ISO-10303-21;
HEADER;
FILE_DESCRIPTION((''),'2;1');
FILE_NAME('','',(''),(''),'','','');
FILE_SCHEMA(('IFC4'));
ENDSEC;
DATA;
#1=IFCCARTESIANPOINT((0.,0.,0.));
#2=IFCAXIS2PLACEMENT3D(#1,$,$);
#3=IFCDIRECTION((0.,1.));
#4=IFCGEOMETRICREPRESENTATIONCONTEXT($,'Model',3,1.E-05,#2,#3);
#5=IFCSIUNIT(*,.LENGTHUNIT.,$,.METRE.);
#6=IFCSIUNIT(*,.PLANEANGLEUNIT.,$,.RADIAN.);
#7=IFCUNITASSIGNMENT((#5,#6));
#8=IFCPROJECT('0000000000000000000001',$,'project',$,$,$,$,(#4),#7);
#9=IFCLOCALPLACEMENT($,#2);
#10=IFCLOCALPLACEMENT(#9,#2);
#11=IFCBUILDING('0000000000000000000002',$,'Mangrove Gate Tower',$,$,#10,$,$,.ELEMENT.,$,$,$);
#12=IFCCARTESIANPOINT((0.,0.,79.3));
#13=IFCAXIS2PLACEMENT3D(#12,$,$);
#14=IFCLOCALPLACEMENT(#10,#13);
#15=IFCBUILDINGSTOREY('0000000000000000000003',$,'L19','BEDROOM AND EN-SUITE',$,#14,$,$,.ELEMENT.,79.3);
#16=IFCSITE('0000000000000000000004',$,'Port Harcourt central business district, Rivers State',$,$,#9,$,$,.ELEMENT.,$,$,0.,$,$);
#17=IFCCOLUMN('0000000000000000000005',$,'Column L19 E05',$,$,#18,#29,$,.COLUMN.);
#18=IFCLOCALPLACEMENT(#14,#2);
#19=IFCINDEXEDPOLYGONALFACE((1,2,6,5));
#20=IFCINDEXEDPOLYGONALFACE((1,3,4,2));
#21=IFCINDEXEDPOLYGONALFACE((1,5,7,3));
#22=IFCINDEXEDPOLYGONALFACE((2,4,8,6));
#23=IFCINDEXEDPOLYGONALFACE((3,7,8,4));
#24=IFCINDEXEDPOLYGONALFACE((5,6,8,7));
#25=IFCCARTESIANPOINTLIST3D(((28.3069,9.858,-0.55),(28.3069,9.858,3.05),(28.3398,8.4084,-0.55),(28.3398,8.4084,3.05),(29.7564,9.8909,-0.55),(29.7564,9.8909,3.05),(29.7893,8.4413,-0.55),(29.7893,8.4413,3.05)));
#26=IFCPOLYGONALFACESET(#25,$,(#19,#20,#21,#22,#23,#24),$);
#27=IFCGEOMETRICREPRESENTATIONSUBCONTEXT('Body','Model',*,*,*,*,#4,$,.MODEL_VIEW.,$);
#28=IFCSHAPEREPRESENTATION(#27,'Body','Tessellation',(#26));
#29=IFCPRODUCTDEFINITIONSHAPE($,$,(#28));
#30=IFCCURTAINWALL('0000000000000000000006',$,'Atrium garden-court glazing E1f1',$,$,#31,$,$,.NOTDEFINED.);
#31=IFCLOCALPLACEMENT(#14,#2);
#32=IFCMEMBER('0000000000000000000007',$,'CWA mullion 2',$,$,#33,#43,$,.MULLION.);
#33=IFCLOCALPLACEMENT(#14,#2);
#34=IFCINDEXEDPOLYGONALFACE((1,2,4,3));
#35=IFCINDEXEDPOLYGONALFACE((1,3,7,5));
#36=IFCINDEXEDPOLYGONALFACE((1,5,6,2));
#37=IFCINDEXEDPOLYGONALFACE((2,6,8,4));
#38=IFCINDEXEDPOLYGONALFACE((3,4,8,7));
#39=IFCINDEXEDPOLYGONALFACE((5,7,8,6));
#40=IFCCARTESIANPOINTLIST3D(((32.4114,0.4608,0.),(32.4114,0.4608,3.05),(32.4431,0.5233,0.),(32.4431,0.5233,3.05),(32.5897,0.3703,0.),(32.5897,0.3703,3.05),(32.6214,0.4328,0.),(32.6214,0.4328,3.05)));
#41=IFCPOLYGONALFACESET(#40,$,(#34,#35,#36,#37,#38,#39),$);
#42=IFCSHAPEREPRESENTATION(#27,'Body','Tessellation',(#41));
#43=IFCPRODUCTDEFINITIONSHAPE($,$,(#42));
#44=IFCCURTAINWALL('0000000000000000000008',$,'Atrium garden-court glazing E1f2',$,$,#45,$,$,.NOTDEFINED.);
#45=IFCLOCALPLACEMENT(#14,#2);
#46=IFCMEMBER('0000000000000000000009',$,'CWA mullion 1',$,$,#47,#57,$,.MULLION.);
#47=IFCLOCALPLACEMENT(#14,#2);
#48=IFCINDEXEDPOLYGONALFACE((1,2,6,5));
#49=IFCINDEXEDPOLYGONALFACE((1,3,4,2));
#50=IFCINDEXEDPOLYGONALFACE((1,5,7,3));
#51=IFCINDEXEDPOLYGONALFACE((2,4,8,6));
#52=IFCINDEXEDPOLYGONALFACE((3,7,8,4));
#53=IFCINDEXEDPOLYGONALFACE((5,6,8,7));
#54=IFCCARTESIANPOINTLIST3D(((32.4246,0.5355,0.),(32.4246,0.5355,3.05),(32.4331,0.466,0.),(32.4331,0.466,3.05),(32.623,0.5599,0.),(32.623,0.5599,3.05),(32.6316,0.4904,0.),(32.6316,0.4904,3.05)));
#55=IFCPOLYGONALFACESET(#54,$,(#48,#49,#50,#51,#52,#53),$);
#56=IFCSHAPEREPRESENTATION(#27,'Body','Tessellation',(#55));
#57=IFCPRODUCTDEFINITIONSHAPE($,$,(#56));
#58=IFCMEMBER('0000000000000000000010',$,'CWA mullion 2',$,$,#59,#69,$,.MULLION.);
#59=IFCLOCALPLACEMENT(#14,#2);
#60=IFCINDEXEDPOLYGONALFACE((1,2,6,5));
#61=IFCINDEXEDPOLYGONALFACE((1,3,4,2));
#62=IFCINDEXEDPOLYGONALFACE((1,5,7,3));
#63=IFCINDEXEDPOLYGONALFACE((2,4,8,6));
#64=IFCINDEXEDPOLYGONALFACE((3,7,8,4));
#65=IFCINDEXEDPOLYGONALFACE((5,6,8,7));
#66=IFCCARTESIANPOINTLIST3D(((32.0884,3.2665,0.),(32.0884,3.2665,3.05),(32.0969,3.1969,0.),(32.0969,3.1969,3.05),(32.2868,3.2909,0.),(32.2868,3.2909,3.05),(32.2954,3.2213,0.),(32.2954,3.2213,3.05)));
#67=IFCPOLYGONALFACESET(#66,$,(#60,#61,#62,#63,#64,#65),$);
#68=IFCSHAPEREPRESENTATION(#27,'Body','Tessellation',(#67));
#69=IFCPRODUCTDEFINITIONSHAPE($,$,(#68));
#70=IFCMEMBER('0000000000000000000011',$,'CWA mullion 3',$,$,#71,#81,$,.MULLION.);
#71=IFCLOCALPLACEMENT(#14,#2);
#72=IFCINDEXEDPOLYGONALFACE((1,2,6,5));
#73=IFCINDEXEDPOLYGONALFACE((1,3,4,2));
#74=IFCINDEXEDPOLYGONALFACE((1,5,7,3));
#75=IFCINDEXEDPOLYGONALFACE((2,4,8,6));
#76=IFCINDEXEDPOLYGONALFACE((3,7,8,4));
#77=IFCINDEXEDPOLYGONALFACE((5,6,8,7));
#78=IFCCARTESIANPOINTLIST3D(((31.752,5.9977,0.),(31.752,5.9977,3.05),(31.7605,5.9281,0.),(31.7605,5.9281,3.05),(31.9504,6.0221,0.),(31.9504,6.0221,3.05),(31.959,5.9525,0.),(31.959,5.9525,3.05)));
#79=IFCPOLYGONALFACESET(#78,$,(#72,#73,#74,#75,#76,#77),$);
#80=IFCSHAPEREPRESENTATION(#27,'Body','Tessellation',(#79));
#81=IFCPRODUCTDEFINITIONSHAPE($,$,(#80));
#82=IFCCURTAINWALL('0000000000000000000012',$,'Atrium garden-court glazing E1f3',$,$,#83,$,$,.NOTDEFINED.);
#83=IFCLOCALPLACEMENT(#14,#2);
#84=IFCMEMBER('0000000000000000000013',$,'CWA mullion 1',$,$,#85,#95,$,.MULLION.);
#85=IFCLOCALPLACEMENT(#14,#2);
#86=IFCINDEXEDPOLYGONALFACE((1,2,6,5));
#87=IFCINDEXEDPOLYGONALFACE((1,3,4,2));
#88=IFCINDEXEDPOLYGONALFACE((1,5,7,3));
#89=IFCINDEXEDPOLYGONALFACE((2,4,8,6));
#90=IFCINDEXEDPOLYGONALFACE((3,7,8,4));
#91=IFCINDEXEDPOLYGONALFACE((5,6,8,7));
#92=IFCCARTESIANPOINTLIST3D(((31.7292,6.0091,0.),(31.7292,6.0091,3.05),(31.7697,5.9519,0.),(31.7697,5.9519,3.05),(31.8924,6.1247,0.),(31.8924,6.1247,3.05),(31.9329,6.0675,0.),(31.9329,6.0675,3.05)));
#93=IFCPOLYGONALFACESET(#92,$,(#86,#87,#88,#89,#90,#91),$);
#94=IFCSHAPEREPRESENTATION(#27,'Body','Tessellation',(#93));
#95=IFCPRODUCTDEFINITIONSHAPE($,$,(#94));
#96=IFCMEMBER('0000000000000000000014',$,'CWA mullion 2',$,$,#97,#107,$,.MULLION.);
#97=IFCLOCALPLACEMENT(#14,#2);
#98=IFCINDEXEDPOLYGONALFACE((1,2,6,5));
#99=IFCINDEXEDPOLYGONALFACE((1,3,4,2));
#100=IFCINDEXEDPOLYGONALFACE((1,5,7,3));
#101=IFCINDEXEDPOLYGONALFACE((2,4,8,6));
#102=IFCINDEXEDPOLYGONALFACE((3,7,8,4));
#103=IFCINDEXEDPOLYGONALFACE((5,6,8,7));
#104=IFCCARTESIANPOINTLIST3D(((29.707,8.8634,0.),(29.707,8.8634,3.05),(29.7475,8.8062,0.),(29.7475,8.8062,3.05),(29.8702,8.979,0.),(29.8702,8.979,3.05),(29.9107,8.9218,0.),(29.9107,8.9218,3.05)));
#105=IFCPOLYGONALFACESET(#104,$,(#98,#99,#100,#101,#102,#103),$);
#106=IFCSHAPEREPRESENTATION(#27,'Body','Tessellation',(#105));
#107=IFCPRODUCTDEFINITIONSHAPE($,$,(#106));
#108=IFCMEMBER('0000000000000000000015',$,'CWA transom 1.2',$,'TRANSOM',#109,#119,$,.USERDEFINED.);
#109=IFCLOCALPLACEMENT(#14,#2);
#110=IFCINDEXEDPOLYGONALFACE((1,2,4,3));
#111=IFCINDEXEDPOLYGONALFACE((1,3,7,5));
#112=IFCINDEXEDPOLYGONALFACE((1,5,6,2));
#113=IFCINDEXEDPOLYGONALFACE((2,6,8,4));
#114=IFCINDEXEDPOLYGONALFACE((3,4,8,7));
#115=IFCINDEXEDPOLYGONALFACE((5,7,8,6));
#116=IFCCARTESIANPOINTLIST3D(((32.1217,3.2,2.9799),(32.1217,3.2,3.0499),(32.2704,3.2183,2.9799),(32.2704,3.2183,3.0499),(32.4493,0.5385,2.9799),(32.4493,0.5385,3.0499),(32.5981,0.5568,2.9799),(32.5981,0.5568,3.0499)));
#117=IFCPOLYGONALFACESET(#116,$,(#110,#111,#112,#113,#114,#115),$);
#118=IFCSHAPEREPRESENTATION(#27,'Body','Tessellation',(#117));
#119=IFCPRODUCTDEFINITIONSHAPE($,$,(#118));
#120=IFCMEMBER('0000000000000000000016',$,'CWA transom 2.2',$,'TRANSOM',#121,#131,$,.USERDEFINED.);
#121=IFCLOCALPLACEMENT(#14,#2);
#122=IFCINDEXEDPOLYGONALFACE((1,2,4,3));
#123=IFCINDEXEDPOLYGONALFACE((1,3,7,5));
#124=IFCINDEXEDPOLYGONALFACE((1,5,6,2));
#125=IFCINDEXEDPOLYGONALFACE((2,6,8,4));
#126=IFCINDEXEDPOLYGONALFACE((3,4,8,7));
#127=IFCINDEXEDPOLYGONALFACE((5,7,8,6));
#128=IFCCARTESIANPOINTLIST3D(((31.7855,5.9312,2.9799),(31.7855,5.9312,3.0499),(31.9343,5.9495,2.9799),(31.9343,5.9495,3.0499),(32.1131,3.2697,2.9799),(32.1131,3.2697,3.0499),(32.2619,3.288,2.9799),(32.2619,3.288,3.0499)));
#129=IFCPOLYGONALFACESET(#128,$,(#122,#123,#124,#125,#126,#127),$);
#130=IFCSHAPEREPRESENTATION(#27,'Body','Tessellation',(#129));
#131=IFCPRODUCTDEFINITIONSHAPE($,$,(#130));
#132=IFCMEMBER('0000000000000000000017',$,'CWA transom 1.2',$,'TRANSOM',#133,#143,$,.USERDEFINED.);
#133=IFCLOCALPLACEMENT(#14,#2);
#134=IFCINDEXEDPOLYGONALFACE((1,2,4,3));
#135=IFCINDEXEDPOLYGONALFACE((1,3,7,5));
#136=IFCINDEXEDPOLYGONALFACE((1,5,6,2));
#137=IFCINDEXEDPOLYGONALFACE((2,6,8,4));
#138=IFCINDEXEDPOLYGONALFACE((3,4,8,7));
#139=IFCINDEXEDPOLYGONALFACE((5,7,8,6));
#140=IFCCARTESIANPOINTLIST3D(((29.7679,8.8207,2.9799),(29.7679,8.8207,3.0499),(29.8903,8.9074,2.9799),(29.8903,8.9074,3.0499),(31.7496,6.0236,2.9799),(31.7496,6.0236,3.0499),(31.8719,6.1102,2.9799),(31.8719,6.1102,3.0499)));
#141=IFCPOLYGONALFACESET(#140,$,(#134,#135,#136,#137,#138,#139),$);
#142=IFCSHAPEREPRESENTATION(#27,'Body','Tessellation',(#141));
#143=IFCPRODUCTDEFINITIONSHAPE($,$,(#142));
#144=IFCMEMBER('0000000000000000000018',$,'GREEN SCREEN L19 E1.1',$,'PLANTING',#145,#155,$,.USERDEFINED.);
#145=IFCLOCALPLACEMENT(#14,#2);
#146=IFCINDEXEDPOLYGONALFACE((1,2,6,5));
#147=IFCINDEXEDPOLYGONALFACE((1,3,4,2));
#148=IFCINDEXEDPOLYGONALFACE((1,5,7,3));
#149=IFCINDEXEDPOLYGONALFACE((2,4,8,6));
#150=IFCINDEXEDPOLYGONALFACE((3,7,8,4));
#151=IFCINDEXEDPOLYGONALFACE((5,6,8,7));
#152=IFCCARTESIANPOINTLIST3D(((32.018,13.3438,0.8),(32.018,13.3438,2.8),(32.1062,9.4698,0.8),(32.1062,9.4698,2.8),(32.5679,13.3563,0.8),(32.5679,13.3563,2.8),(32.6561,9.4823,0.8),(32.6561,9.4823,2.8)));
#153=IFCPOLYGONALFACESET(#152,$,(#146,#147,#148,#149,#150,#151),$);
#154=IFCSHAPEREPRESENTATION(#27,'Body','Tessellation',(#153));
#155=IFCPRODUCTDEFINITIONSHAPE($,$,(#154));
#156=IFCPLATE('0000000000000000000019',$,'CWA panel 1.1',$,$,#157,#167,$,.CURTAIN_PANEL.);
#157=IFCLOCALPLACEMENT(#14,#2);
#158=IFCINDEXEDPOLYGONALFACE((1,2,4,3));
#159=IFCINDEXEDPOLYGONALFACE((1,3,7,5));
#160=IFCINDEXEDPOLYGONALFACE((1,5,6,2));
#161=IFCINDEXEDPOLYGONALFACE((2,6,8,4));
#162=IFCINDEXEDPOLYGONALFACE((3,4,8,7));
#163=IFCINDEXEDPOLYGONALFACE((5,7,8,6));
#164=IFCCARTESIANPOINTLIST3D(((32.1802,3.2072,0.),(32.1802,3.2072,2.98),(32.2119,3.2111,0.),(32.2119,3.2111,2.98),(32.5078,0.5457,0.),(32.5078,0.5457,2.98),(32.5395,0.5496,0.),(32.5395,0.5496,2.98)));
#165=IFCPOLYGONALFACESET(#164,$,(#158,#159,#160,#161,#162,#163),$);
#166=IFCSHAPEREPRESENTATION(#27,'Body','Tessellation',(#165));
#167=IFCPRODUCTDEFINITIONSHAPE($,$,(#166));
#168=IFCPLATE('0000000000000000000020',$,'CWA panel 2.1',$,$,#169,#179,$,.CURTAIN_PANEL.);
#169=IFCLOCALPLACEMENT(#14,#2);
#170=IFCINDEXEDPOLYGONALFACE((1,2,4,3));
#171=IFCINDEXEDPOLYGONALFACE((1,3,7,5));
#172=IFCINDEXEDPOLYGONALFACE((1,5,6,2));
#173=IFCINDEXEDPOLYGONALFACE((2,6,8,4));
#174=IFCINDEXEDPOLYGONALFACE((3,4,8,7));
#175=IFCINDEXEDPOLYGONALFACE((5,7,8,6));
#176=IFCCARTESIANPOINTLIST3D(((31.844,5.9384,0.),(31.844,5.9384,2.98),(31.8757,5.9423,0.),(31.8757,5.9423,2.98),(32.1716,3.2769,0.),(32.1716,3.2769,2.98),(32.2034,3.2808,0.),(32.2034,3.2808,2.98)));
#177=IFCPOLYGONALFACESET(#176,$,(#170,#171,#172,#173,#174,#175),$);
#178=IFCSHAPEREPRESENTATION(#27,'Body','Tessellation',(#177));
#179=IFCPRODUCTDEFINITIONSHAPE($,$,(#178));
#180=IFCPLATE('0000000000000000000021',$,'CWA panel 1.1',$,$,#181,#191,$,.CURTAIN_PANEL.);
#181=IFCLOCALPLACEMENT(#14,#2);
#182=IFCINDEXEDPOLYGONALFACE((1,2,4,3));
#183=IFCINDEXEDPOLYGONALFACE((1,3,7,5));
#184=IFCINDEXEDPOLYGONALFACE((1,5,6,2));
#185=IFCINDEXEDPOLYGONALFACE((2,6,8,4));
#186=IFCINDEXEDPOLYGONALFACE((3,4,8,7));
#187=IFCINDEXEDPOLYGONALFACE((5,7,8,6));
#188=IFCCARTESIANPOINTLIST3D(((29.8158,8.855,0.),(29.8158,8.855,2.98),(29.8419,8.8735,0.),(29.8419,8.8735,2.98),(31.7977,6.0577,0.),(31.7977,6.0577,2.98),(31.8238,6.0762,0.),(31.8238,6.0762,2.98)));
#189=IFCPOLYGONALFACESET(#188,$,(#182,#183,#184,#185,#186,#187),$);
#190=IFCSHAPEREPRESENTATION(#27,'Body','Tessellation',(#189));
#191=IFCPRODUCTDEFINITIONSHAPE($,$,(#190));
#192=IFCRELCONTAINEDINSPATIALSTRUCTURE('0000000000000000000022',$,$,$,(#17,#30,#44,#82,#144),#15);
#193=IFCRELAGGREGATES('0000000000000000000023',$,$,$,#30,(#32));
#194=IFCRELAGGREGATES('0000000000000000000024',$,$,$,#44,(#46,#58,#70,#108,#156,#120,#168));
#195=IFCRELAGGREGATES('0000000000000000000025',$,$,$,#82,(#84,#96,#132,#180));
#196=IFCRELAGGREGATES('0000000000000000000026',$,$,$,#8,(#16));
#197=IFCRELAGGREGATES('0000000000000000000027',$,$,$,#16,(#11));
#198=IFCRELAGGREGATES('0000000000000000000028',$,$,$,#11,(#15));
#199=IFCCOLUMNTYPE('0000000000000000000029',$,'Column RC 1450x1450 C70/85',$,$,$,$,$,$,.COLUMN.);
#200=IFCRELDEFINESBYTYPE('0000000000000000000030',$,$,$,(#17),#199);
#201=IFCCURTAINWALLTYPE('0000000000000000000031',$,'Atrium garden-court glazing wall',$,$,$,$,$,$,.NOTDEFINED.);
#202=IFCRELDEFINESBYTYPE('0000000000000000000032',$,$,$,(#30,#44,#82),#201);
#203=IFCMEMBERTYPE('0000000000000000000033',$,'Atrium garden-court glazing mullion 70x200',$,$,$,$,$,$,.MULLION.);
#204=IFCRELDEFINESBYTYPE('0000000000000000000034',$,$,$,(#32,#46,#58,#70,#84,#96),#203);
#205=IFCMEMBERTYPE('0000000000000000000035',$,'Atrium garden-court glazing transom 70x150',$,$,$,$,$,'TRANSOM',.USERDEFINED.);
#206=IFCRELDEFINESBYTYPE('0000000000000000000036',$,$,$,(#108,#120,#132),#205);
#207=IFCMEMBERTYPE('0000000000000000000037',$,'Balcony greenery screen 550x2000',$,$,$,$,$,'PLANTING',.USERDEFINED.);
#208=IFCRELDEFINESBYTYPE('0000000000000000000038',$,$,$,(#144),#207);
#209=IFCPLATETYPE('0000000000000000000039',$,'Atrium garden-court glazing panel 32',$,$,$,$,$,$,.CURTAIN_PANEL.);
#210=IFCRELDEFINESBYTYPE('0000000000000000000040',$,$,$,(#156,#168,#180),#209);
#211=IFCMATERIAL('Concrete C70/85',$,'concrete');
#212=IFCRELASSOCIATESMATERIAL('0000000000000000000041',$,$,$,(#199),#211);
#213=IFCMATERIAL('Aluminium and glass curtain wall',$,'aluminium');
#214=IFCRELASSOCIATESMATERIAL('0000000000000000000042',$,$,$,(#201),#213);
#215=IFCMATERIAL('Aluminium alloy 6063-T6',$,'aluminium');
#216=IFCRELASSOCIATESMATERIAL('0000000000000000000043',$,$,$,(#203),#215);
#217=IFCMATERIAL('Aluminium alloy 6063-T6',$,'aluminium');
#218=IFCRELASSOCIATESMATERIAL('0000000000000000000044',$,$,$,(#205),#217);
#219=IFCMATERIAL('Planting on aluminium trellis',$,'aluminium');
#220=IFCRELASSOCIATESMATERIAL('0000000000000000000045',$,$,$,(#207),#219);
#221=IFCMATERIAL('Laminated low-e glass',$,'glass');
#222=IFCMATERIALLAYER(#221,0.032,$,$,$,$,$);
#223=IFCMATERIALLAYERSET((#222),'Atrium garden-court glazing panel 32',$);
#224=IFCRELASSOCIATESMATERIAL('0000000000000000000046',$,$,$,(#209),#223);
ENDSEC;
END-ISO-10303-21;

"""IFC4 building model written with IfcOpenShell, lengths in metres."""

from ifc_helpers import new_model, si_unit, direction, frame, origin, origin_2d, place, context, subcontext, project, spatial, rectangle, extrude, material, layer, layer_set, material_profile, profile_set, type_object, element, aggregate, save


model = new_model("IFC4")

# Units and contexts
model_context = context("Model", 3, precision=1e-05, world=origin(), true_north=direction((0.0, 1.0)))
body_context = subcontext(model_context, "Body", "Model", "MODEL_VIEW")
ifc_project = project(units=[si_unit("LENGTHUNIT", "METRE"), si_unit("PLANEANGLEUNIT", "RADIAN")], contexts=[model_context])

# Site, building, storey
site_placement = place(None, origin())
site = spatial("IfcSite", under=ifc_project, at=site_placement, Name="Port Harcourt central business district, Rivers State", CompositionType="ELEMENT", RefElevation=0.0)
building_placement = place(site_placement, origin())
building = spatial("IfcBuilding", under=site, at=building_placement, Name="Mangrove Gate Tower", CompositionType="ELEMENT")
storey_placement = place(building_placement, frame((0.0, 0.0, 79.3)))
storey = spatial("IfcBuildingStorey", under=building, at=storey_placement, Name="L19", Description="BEDROOM AND EN-SUITE", CompositionType="ELEMENT", Elevation=79.3)

# Column
ifc_material_1 = material(Name="Concrete C70/85", Category="concrete")
ifc_material_profile_1 = material_profile(ifc_material_1, rectangle(XDim=1.45, YDim=1.45, at=origin_2d()))
ifc_profile_set_1 = profile_set([ifc_material_profile_1], Name="Concrete C70/85")
column_type = type_object("IfcColumnType", Name="Column RC 1450x1450 C70/85", PredefinedType="COLUMN", material=ifc_profile_set_1)
column_placement = place(storey_placement, frame((29.0481, 9.1497, -0.55), z_axis=(0.0, 0.0, 1.0), x_axis=(-0.022684, 0.999743, 0.0)))
element("IfcColumn", 1, at=column_placement, inside=storey, type_object=column_type, Name="Column L19 E05", PredefinedType="COLUMN", context=body_context, shape_type="SweptSolid", body=[
    extrude(rectangle(XDim=1.45, YDim=1.45, at=origin_2d()), origin(), (0.0, 0.0, 1.0), 3.6001),
])

# Curtain wall, member
ifc_material_2 = material(Name="Aluminium and glass curtain wall", Category="aluminium")
curtain_wall_type = type_object("IfcCurtainWallType", Name="Atrium garden-court glazing wall", PredefinedType="NOTDEFINED", material=ifc_material_2)
curtain_wall_1_placement = place(storey_placement, origin())
curtain_wall_1 = element("IfcCurtainWall", 2, at=curtain_wall_1_placement, inside=storey, type_object=curtain_wall_type, Name="Atrium garden-court glazing E1f1", PredefinedType="NOTDEFINED")
ifc_material_3 = material(Name="Aluminium alloy 6063-T6", Category="aluminium")
ifc_material_profile_2 = material_profile(ifc_material_3, rectangle(XDim=0.0701, YDim=0.2, at=origin_2d()))
ifc_profile_set_2 = profile_set([ifc_material_profile_2], Name="Aluminium alloy 6063-T6")
member_type_1 = type_object("IfcMemberType", Name="Atrium garden-court glazing mullion 70x200", PredefinedType="MULLION", material=ifc_profile_set_2)
member_1_placement = place(storey_placement, frame((32.5164, 0.4468, 0.0), z_axis=(0.0, 0.0, 1.0), x_axis=(0.452581, 0.891723, 0.0)))
member_1 = element("IfcMember", 3, at=member_1_placement, type_object=member_type_1, Name="CWA mullion 2", PredefinedType="MULLION", context=body_context, shape_type="SweptSolid", body=[
    extrude(rectangle(XDim=0.0701, YDim=0.2, at=origin_2d()), origin(), (0.0, 0.0, 1.0), 3.05),
])
aggregate(curtain_wall_1, [member_1])

# Curtain walls, members
curtain_wall_2_placement = place(storey_placement, origin())
curtain_wall_2 = element("IfcCurtainWall", 4, at=curtain_wall_2_placement, inside=storey, type_object=curtain_wall_type, Name="Atrium garden-court glazing E1f2", PredefinedType="NOTDEFINED")
member_2_placement = place(storey_placement, frame((32.5281, 0.5129, 0.0), z_axis=(0.0, 0.0, 1.0), x_axis=(-0.122172, 0.992509, 0.0)))
member_2 = element("IfcMember", 5, at=member_2_placement, type_object=member_type_1, Name="CWA mullion 1", PredefinedType="MULLION", context=body_context, shape_type="SweptSolid", body=[
    extrude(rectangle(XDim=0.0701, YDim=0.2, at=origin_2d()), origin(), (0.0, 0.0, 1.0), 3.05),
])
member_3_placement = place(storey_placement, frame((32.1919, 3.2439, 0.0), z_axis=(0.0, 0.0, 1.0), x_axis=(-0.122172, 0.992509, 0.0)))
member_3 = element("IfcMember", 6, at=member_3_placement, type_object=member_type_1, Name="CWA mullion 2", PredefinedType="MULLION", context=body_context, shape_type="SweptSolid", body=[
    extrude(rectangle(XDim=0.0701, YDim=0.2, at=origin_2d()), origin(), (0.0, 0.0, 1.0), 3.05),
])
member_4_placement = place(storey_placement, frame((31.8555, 5.9751, 0.0), z_axis=(0.0, 0.0, 1.0), x_axis=(-0.122172, 0.992509, 0.0)))
member_4 = element("IfcMember", 7, at=member_4_placement, type_object=member_type_1, Name="CWA mullion 3", PredefinedType="MULLION", context=body_context, shape_type="SweptSolid", body=[
    extrude(rectangle(XDim=0.0701, YDim=0.2, at=origin_2d()), origin(), (0.0, 0.0, 1.0), 3.05),
])
curtain_wall_3_placement = place(storey_placement, origin())
curtain_wall_3 = element("IfcCurtainWall", 8, at=curtain_wall_3_placement, inside=storey, type_object=curtain_wall_type, Name="Atrium garden-court glazing E1f3", PredefinedType="NOTDEFINED")
member_5_placement = place(storey_placement, frame((31.8311, 6.0383, 0.0), z_axis=(0.0, 0.0, 1.0), x_axis=(-0.578109, 0.815959, 0.0)))
member_5 = element("IfcMember", 9, at=member_5_placement, type_object=member_type_1, Name="CWA mullion 1", PredefinedType="MULLION", context=body_context, shape_type="SweptSolid", body=[
    extrude(rectangle(XDim=0.0701, YDim=0.2, at=origin_2d()), origin(), (0.0, 0.0, 1.0), 3.05),
])
member_6_placement = place(storey_placement, frame((29.8088, 8.8926, 0.0), z_axis=(0.0, 0.0, 1.0), x_axis=(-0.578109, 0.815959, 0.0)))
member_6 = element("IfcMember", 10, at=member_6_placement, type_object=member_type_1, Name="CWA mullion 2", PredefinedType="MULLION", context=body_context, shape_type="SweptSolid", body=[
    extrude(rectangle(XDim=0.0701, YDim=0.2, at=origin_2d()), origin(), (0.0, 0.0, 1.0), 3.05),
])

# Members
ifc_material_4 = material(Name="Aluminium alloy 6063-T6", Category="aluminium")
ifc_material_profile_3 = material_profile(ifc_material_4, rectangle(XDim=0.0701, YDim=0.1499, at=origin_2d()))
ifc_profile_set_3 = profile_set([ifc_material_profile_3], Name="Aluminium alloy 6063-T6")
member_type_2 = type_object("IfcMemberType", Name="Atrium garden-court glazing transom 70x150", ElementType="TRANSOM", PredefinedType="USERDEFINED", material=ifc_profile_set_3)
member_7_placement = place(storey_placement, frame((32.5237, 0.5476, 3.0149), z_axis=(-0.122175, 0.992509, 0.0), x_axis=(0.0, 0.0, 1.0)))
member_7 = element("IfcMember", 11, at=member_7_placement, type_object=member_type_2, Name="CWA transom 1.2", ObjectType="TRANSOM", PredefinedType="USERDEFINED", context=body_context, shape_type="SweptSolid", body=[
    extrude(rectangle(XDim=0.0701, YDim=0.1499, at=origin_2d()), origin(), (0.0, 0.0, 1.0), 2.6816),
])
member_8_placement = place(storey_placement, frame((32.1875, 3.2788, 3.0149), z_axis=(-0.122175, 0.992509, 0.0), x_axis=(0.0, 0.0, 1.0)))
member_8 = element("IfcMember", 12, at=member_8_placement, type_object=member_type_2, Name="CWA transom 2.2", ObjectType="TRANSOM", PredefinedType="USERDEFINED", context=body_context, shape_type="SweptSolid", body=[
    extrude(rectangle(XDim=0.0701, YDim=0.1499, at=origin_2d()), origin(), (0.0, 0.0, 1.0), 2.6816),
])
member_9_placement = place(storey_placement, frame((31.8108, 6.0669, 3.0149), z_axis=(-0.578094, 0.81597, 0.0), x_axis=(0.0, 0.0, 1.0)))
member_9 = element("IfcMember", 13, at=member_9_placement, type_object=member_type_2, Name="CWA transom 1.2", ObjectType="TRANSOM", PredefinedType="USERDEFINED", context=body_context, shape_type="SweptSolid", body=[
    extrude(rectangle(XDim=0.0701, YDim=0.1499, at=origin_2d()), origin(), (0.0, 0.0, 1.0), 3.428),
])
ifc_material_5 = material(Name="Planting on aluminium trellis", Category="aluminium")
ifc_material_profile_4 = material_profile(ifc_material_5, rectangle(XDim=0.55, YDim=2.0, at=origin_2d()))
ifc_profile_set_4 = profile_set([ifc_material_profile_4], Name="Planting on aluminium trellis")
member_type_3 = type_object("IfcMemberType", Name="Balcony greenery screen 550x2000", ElementType="PLANTING", PredefinedType="USERDEFINED", material=ifc_profile_set_4)
member_10_placement = place(storey_placement, frame((32.3811, 9.4761, 1.8), z_axis=(-0.022744, 0.999741, 0.0), x_axis=(-0.999741, -0.022744, 0.0)))
element("IfcMember", 14, at=member_10_placement, inside=storey, type_object=member_type_3, Name="GREEN SCREEN L19 E1.1", ObjectType="PLANTING", PredefinedType="USERDEFINED", context=body_context, shape_type="SweptSolid", body=[
    extrude(rectangle(XDim=0.55, YDim=2.0, at=origin_2d()), origin(), (0.0, 0.0, 1.0), 3.875),
])

# Plates
ifc_material_6 = material(Name="Laminated low-e glass", Category="glass")
ifc_layer_1 = layer(ifc_material_6, 0.032)
ifc_layer_set_1 = layer_set([ifc_layer_1], Name="Atrium garden-court glazing panel 32")
plate_type = type_object("IfcPlateType", Name="Atrium garden-court glazing panel 32", PredefinedType="CURTAIN_PANEL", material=ifc_layer_set_1)
plate_1_placement = place(storey_placement, frame((32.3599, 1.8784, 0.0), z_axis=(0.0, 0.0, 1.0), x_axis=(-0.122172, 0.992509, 0.0)))
plate_1 = element("IfcPlate", 15, at=plate_1_placement, type_object=plate_type, Name="CWA panel 1.1", PredefinedType="CURTAIN_PANEL", context=body_context, shape_type="SweptSolid", body=[
    extrude(rectangle(XDim=2.6816, YDim=0.032, at=origin_2d()), origin(), (0.0, 0.0, 1.0), 2.98),
])
plate_2_placement = place(storey_placement, frame((32.0237, 4.6096, 0.0), z_axis=(0.0, 0.0, 1.0), x_axis=(-0.122172, 0.992509, 0.0)))
plate_2 = element("IfcPlate", 16, at=plate_2_placement, type_object=plate_type, Name="CWA panel 2.1", PredefinedType="CURTAIN_PANEL", context=body_context, shape_type="SweptSolid", body=[
    extrude(rectangle(XDim=2.6816, YDim=0.032, at=origin_2d()), origin(), (0.0, 0.0, 1.0), 2.98),
])
aggregate(curtain_wall_2, [member_2, member_3, member_4, member_7, plate_1, member_8, plate_2])
plate_3_placement = place(storey_placement, frame((30.8198, 7.4656, 0.0), z_axis=(0.0, 0.0, 1.0), x_axis=(-0.578109, 0.815959, 0.0)))
plate_3 = element("IfcPlate", 17, at=plate_3_placement, type_object=plate_type, Name="CWA panel 1.1", PredefinedType="CURTAIN_PANEL", context=body_context, shape_type="SweptSolid", body=[
    extrude(rectangle(XDim=3.4282, YDim=0.032, at=origin_2d()), origin(), (0.0, 0.0, 1.0), 2.98),
])
aggregate(curtain_wall_3, [member_5, member_6, member_9, plate_3])

save(model, "model.ifc")
